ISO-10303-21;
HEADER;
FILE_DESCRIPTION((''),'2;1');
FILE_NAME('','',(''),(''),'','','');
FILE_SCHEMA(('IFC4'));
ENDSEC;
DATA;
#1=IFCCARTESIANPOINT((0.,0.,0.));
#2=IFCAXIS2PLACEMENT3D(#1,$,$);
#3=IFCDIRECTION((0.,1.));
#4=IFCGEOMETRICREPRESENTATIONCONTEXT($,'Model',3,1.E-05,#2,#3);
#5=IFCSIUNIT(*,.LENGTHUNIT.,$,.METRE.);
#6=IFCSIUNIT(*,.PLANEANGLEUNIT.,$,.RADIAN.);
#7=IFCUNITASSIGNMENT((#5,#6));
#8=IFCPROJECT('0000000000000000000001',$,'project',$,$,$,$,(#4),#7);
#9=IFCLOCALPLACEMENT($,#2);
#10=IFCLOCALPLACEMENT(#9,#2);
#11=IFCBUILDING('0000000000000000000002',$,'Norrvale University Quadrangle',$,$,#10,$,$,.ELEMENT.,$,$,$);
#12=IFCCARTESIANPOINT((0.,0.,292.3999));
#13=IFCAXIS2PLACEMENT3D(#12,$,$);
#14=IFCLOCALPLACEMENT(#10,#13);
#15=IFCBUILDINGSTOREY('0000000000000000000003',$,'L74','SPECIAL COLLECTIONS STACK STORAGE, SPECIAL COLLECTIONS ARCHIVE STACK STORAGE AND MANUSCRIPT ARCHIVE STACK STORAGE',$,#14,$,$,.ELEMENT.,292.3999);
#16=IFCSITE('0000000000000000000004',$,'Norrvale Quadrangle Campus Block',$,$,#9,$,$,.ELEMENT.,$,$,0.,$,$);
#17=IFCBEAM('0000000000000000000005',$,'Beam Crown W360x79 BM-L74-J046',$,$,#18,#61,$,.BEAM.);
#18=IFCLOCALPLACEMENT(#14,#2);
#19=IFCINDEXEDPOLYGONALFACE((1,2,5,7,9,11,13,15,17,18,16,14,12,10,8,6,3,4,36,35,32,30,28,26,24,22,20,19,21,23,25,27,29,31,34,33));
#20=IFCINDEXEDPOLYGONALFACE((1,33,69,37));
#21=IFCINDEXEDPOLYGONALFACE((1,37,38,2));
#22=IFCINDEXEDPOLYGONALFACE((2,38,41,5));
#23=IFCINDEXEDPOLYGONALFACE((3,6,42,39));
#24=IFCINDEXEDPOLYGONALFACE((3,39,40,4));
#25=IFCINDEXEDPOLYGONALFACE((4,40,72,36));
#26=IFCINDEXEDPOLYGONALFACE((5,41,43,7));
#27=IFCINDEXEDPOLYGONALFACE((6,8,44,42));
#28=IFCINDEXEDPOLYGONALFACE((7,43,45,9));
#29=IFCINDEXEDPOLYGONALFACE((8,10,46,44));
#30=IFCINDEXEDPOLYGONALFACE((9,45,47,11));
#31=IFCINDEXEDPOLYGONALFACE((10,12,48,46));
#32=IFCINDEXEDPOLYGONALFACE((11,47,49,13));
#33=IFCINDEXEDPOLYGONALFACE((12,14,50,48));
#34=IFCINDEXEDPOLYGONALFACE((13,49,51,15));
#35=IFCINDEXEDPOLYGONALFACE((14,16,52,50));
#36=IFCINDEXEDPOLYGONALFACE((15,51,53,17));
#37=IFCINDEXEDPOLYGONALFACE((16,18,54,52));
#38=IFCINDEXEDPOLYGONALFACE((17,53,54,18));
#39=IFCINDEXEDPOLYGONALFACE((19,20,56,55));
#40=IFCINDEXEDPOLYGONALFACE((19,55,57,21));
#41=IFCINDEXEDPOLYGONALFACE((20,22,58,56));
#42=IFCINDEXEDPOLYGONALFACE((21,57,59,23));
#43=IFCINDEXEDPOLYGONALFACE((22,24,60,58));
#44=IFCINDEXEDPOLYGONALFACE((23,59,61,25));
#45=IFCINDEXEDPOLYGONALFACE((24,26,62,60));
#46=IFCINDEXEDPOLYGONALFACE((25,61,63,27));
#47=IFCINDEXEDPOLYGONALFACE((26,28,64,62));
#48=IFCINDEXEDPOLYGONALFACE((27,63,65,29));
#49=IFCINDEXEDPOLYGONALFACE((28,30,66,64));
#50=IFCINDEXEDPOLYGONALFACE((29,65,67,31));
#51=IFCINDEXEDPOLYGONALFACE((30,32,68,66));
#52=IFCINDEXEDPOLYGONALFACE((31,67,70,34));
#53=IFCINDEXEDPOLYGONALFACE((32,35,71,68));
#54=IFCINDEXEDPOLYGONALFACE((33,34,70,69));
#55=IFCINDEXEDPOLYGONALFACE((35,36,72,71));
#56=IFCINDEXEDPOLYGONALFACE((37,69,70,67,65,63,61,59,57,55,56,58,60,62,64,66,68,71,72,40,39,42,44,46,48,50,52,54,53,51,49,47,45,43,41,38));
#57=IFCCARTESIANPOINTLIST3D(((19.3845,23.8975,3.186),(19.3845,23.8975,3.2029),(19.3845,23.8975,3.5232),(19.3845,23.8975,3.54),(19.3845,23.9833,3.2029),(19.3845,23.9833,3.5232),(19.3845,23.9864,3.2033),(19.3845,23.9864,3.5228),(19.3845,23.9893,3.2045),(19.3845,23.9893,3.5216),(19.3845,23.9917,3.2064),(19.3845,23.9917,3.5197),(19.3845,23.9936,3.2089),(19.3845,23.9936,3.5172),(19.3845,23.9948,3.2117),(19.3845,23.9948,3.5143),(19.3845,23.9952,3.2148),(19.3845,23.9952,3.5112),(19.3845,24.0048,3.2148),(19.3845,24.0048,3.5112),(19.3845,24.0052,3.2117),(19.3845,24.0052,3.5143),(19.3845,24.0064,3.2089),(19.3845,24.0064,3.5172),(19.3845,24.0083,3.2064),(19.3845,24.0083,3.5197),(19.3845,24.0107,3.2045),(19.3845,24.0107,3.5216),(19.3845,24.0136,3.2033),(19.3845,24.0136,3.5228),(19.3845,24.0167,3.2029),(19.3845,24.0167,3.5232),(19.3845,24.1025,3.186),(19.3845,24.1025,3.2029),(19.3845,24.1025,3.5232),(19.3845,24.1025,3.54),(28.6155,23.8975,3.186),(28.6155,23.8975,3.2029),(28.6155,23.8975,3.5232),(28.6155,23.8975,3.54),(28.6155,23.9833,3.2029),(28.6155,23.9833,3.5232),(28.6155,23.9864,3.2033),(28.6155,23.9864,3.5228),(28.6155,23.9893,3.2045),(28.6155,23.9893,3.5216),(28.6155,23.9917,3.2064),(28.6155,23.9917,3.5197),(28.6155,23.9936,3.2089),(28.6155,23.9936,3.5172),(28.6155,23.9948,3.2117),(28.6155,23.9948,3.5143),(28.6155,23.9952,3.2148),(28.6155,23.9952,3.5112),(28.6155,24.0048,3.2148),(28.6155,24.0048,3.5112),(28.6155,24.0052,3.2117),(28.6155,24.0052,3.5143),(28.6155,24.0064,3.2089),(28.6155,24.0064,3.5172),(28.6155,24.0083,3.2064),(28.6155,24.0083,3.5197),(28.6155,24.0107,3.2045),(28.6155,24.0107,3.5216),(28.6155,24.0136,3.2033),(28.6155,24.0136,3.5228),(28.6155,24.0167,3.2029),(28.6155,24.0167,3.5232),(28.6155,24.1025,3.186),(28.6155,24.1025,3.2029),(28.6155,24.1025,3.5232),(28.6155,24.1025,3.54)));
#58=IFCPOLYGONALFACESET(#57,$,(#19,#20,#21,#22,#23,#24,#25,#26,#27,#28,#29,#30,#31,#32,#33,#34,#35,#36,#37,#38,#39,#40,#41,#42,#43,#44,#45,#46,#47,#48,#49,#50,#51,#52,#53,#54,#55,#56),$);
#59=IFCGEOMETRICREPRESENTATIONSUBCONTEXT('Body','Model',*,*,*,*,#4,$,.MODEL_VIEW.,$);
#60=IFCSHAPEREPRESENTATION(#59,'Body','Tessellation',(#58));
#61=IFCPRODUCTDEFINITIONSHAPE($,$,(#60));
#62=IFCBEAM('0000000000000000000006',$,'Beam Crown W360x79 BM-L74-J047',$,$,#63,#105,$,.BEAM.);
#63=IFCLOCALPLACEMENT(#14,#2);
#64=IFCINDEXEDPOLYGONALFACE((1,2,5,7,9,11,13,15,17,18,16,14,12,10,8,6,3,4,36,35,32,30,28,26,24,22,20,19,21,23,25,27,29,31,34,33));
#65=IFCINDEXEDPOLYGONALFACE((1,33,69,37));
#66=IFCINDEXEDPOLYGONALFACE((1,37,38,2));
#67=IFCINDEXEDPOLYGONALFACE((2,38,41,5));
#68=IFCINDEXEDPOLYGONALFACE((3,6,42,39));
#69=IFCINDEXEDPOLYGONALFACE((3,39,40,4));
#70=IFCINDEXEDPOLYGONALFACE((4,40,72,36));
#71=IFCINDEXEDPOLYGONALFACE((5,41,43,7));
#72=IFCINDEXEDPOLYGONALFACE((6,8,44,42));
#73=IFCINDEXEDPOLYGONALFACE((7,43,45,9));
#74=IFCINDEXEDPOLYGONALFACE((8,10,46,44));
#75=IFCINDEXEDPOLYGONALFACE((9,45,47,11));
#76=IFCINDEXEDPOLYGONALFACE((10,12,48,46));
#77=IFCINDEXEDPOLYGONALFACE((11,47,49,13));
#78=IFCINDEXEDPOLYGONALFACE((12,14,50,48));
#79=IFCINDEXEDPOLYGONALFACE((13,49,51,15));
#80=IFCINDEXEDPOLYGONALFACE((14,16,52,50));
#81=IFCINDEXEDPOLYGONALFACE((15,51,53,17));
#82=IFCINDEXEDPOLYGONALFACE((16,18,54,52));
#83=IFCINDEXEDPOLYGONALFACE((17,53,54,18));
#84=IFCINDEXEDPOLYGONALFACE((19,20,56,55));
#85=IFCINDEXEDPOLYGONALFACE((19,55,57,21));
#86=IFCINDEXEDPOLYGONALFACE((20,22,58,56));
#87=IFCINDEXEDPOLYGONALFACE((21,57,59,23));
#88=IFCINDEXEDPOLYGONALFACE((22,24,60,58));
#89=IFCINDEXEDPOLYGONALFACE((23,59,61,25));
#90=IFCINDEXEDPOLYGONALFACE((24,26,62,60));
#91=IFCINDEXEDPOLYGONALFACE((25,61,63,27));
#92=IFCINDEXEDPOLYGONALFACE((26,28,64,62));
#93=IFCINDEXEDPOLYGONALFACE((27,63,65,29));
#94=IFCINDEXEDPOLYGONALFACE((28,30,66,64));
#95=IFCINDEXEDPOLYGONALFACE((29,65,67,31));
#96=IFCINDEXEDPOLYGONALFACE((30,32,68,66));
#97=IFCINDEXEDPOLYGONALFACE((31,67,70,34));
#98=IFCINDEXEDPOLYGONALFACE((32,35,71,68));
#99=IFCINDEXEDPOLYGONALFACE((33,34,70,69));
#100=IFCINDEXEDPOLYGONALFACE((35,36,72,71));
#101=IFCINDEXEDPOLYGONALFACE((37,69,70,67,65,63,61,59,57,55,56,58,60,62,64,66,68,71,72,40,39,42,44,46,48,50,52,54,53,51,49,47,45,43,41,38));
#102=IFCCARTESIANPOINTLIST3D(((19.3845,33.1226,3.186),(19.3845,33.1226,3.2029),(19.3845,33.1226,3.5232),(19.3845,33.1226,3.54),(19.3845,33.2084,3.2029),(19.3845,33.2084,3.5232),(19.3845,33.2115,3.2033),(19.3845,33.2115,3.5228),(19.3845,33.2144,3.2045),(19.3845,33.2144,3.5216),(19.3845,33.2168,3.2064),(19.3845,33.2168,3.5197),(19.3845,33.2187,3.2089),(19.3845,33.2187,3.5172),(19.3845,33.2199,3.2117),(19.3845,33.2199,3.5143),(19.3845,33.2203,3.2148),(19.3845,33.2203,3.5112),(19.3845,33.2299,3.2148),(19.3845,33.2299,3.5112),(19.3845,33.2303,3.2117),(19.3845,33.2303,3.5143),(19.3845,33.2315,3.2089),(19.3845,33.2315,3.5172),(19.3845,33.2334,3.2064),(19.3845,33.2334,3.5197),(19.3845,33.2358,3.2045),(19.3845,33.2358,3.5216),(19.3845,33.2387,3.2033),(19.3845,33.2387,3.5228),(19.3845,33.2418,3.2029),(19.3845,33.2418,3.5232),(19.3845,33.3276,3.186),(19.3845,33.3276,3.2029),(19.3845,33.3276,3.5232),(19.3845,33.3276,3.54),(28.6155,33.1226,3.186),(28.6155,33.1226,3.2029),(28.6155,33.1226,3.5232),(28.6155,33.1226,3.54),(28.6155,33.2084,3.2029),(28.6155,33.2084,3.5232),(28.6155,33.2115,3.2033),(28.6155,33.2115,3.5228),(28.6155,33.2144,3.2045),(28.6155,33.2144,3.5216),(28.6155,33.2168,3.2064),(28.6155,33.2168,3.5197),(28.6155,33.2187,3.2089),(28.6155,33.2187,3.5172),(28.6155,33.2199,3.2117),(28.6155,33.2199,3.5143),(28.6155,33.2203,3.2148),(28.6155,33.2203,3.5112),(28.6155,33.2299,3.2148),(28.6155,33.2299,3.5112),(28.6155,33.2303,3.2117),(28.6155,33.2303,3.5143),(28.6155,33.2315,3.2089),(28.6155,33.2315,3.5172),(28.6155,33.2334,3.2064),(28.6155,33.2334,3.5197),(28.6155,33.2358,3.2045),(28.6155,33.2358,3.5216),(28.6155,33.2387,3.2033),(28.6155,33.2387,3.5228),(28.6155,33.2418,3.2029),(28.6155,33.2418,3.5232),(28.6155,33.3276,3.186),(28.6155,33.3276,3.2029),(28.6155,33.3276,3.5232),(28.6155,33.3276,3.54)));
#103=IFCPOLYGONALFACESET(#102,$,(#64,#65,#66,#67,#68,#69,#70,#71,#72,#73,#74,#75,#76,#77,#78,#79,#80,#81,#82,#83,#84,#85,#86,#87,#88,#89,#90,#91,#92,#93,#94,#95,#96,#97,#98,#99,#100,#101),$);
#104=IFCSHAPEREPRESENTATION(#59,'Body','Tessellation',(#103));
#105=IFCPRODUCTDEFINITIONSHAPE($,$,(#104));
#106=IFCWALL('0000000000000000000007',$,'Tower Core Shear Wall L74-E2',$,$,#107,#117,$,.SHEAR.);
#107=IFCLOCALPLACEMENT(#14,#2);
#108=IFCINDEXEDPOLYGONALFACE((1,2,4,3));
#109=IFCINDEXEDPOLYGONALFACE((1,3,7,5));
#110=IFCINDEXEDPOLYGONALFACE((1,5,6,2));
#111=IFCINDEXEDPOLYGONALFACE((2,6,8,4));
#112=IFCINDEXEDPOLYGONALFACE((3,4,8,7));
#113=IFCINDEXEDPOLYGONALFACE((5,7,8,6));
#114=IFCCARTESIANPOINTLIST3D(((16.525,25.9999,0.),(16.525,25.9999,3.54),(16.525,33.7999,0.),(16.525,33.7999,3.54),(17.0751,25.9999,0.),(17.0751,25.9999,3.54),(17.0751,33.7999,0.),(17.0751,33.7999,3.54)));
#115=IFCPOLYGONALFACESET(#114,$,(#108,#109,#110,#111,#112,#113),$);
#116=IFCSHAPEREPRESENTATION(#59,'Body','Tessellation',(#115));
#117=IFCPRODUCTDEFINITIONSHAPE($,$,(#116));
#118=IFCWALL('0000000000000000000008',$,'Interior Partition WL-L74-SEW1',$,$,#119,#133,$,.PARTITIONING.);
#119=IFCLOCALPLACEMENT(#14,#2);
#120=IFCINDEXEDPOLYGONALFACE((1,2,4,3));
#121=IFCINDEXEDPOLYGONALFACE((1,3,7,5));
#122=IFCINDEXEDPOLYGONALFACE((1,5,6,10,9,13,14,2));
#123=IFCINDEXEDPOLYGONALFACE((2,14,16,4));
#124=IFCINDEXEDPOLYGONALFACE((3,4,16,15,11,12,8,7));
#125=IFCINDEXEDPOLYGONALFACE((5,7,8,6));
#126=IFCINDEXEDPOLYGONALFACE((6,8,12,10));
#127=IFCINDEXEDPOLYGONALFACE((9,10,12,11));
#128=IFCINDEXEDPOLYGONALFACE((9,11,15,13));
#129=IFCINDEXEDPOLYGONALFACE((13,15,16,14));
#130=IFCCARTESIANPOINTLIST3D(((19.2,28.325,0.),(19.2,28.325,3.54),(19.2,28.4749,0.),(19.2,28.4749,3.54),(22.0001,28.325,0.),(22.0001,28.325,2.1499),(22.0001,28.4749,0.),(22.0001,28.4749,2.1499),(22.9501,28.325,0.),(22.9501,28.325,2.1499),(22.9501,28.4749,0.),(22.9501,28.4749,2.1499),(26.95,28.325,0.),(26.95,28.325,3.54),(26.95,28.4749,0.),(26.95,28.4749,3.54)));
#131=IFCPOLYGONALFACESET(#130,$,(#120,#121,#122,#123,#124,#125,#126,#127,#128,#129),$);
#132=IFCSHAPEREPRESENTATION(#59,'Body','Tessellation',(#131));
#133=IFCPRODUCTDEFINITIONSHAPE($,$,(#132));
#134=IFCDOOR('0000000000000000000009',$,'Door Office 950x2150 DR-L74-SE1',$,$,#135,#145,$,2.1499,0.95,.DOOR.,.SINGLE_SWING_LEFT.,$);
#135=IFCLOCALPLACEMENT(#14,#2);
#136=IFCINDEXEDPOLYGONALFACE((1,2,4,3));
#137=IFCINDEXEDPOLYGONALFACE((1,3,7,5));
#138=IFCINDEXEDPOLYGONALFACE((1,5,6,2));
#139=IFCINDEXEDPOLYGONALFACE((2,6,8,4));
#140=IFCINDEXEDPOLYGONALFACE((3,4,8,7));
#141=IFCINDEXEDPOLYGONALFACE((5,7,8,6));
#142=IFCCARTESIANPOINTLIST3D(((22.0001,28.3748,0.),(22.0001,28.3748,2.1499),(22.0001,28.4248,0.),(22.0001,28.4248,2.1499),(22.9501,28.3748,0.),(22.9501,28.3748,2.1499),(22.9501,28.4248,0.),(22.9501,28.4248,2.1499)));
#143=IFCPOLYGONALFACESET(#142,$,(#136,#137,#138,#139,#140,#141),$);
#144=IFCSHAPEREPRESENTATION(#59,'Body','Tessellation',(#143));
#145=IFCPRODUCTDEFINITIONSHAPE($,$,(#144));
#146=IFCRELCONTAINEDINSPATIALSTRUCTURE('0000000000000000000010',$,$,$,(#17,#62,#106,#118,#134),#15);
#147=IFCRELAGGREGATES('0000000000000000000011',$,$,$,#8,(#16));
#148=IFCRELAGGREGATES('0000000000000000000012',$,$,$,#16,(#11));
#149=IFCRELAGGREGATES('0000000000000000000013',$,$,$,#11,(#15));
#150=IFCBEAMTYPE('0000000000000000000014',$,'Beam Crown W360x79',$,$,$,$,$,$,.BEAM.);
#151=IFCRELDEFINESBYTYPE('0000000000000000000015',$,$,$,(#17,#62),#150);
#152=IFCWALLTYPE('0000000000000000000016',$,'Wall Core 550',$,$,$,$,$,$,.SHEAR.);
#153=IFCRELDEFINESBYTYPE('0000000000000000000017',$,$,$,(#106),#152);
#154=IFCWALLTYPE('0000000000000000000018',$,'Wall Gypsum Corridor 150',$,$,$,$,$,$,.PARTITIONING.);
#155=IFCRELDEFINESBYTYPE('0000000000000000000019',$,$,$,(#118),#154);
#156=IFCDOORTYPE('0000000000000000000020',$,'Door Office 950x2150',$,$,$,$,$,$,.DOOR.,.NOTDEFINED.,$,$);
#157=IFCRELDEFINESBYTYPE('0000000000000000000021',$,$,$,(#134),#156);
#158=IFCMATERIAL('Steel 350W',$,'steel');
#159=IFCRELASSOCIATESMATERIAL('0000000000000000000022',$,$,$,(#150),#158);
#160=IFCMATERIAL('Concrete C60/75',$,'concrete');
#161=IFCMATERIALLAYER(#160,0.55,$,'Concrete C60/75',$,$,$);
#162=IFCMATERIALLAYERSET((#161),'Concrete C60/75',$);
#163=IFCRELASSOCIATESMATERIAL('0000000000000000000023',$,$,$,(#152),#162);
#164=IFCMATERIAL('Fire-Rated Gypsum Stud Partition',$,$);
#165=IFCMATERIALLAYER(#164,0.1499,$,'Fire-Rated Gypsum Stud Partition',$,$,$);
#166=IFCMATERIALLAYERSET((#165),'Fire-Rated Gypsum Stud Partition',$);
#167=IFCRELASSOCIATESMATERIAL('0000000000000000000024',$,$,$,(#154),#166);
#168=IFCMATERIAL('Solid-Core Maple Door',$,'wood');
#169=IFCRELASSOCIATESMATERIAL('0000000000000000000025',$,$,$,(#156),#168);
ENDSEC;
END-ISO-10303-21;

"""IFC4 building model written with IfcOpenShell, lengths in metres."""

from ifc_helpers import new_model, si_unit, direction, frame, frame_2d, origin, origin_2d, place, context, subcontext, project, spatial, rectangle, i_section, extrude, material, layer, layer_set, material_profile, profile_set, type_object, element, fill, save


model = new_model("IFC4")

# Units and contexts
model_context = context("Model", 3, precision=1e-05, world=origin(), true_north=direction((0.0, 1.0)))
body_context = subcontext(model_context, "Body", "Model", "MODEL_VIEW")
ifc_project = project(units=[si_unit("LENGTHUNIT", "METRE"), si_unit("PLANEANGLEUNIT", "RADIAN")], contexts=[model_context])

# Site, building, storey
site_placement = place(None, origin())
site = spatial("IfcSite", under=ifc_project, at=site_placement, Name="Norrvale Quadrangle Campus Block", CompositionType="ELEMENT", RefElevation=0.0)
building_placement = place(site_placement, origin())
building = spatial("IfcBuilding", under=site, at=building_placement, Name="Norrvale University Quadrangle", CompositionType="ELEMENT")
storey_placement = place(building_placement, frame((0.0, 0.0, 292.3999)))
storey = spatial("IfcBuildingStorey", under=building, at=storey_placement, Name="L74", Description="SPECIAL COLLECTIONS STACK STORAGE, SPECIAL COLLECTIONS ARCHIVE STACK STORAGE AND MANUSCRIPT ARCHIVE STACK STORAGE", CompositionType="ELEMENT", Elevation=292.3999)

# Shared definitions
ifc_material_1 = material(Name="Concrete C60/75", Category="concrete")

# Beams
ifc_material_2 = material(Name="Steel 350W", Category="steel")
ifc_material_profile_1 = material_profile(ifc_material_2, i_section(OverallWidth=0.2051, OverallDepth=0.354, WebThickness=0.0095, FlangeThickness=0.0168, FilletRadius=0.012, at=origin_2d()), Name="Steel 350W")
ifc_profile_set_1 = profile_set([ifc_material_profile_1], Name="Steel 350W")
beam_type_1 = type_object("IfcBeamType", Name="Beam Crown W360x79", PredefinedType="BEAM", material=ifc_profile_set_1)
for number, where, z_axis, x_axis, name in (
    (1, (19.3845, 24.0, 3.363), (1.0, 0.0, 0.0), (0.0, 1.0, 0.0), "Beam Crown W360x79 BM-L74-J046"),
    (2, (19.3845, 33.2251, 3.363), (1.0, 0.0, 0.0), (0.0, 1.0, 0.0), "Beam Crown W360x79 BM-L74-J047"),
):
    element("IfcBeam", number, at=place(storey_placement, frame(where, z_axis=z_axis, x_axis=x_axis)), inside=storey, type_object=beam_type_1, Name=name, PredefinedType="BEAM", context=body_context, shape_type="SweptSolid", body=[
        extrude(i_section(OverallWidth=0.2051, OverallDepth=0.354, WebThickness=0.0095, FlangeThickness=0.0168, FilletRadius=0.012, at=origin_2d()), origin(), (0.0, 0.0, 1.0), 9.231),
    ])

# Wall
ifc_layer_1 = layer(ifc_material_1, 0.55, Name="Concrete C60/75")
ifc_layer_set_1 = layer_set([ifc_layer_1], Name="Concrete C60/75")
wall_type_1 = type_object("IfcWallType", Name="Wall Core 550", PredefinedType="SHEAR", material=ifc_layer_set_1)
wall_1_placement = place(storey_placement, frame((16.8, 26.0, 0.0), z_axis=(0.0, 0.0, 1.0), x_axis=(0.0, 1.0, 0.0)))
element("IfcWall", 3, at=wall_1_placement, inside=storey, type_object=wall_type_1, Name="Tower Core Shear Wall L74-E2", PredefinedType="SHEAR", context=body_context, shape_type="SweptSolid", body=[
    extrude(rectangle(XDim=7.8, YDim=0.55, at=frame_2d((3.8999, 0.0))), origin(), (0.0, 0.0, 1.0), 3.54),
])

# Wall, opening, door
ifc_material_3 = material(Name="Fire-Rated Gypsum Stud Partition")
ifc_layer_2 = layer(ifc_material_3, 0.1499, Name="Fire-Rated Gypsum Stud Partition")
ifc_layer_set_2 = layer_set([ifc_layer_2], Name="Fire-Rated Gypsum Stud Partition")
wall_type_2 = type_object("IfcWallType", Name="Wall Gypsum Corridor 150", PredefinedType="PARTITIONING", material=ifc_layer_set_2)
wall_2_placement = place(storey_placement, frame((19.2, 28.3999, 0.0), z_axis=(0.0, 0.0, 1.0), x_axis=(1.0, 0.0, 0.0)))
wall_2 = element("IfcWall", 4, at=wall_2_placement, inside=storey, type_object=wall_type_2, Name="Interior Partition WL-L74-SEW1", PredefinedType="PARTITIONING", context=body_context, shape_type="SweptSolid", body=[
    extrude(rectangle(XDim=7.75, YDim=0.1499, at=frame_2d((3.875, 0.0))), origin(), (0.0, 0.0, 1.0), 3.54),
])
opening_1_placement = place(wall_2_placement, frame((2.8, 0.0, 0.0)))
opening_1 = element("IfcOpeningElement", 5, at=opening_1_placement, cuts=wall_2, PredefinedType="OPENING", context=body_context, shape_type="SweptSolid", body=[
    extrude(rectangle(XDim=0.95, YDim=2.1499, at=frame_2d((0.4751, 1.075))), frame((0.0, 0.0869, 0.0), z_axis=(0.0, -1.0, 0.0), x_axis=(1.0, 0.0, 0.0)), (0.0, 0.0, 1.0), 0.1738),
])
ifc_material_4 = material(Name="Solid-Core Maple Door", Category="wood")
door_type = type_object("IfcDoorType", Name="Door Office 950x2150", OperationType="NOTDEFINED", PredefinedType="DOOR", material=ifc_material_4)
door_1_placement = place(opening_1_placement, origin())
door_1 = element("IfcDoor", 6, at=door_1_placement, inside=storey, type_object=door_type, Name="Door Office 950x2150 DR-L74-SE1", OperationType="SINGLE_SWING_LEFT", OverallHeight=2.1499, OverallWidth=0.95, PredefinedType="DOOR", context=body_context, shape_type="SweptSolid", body=[
    extrude(rectangle(XDim=0.95, YDim=2.1499, at=frame_2d((0.4751, 1.075))), frame((0.0, 0.0249, 0.0), z_axis=(0.0, -1.0, 0.0), x_axis=(1.0, 0.0, 0.0)), (0.0, 0.0, 1.0), 0.05),
])
fill(opening_1, door_1)

save(model, "model.ifc")
